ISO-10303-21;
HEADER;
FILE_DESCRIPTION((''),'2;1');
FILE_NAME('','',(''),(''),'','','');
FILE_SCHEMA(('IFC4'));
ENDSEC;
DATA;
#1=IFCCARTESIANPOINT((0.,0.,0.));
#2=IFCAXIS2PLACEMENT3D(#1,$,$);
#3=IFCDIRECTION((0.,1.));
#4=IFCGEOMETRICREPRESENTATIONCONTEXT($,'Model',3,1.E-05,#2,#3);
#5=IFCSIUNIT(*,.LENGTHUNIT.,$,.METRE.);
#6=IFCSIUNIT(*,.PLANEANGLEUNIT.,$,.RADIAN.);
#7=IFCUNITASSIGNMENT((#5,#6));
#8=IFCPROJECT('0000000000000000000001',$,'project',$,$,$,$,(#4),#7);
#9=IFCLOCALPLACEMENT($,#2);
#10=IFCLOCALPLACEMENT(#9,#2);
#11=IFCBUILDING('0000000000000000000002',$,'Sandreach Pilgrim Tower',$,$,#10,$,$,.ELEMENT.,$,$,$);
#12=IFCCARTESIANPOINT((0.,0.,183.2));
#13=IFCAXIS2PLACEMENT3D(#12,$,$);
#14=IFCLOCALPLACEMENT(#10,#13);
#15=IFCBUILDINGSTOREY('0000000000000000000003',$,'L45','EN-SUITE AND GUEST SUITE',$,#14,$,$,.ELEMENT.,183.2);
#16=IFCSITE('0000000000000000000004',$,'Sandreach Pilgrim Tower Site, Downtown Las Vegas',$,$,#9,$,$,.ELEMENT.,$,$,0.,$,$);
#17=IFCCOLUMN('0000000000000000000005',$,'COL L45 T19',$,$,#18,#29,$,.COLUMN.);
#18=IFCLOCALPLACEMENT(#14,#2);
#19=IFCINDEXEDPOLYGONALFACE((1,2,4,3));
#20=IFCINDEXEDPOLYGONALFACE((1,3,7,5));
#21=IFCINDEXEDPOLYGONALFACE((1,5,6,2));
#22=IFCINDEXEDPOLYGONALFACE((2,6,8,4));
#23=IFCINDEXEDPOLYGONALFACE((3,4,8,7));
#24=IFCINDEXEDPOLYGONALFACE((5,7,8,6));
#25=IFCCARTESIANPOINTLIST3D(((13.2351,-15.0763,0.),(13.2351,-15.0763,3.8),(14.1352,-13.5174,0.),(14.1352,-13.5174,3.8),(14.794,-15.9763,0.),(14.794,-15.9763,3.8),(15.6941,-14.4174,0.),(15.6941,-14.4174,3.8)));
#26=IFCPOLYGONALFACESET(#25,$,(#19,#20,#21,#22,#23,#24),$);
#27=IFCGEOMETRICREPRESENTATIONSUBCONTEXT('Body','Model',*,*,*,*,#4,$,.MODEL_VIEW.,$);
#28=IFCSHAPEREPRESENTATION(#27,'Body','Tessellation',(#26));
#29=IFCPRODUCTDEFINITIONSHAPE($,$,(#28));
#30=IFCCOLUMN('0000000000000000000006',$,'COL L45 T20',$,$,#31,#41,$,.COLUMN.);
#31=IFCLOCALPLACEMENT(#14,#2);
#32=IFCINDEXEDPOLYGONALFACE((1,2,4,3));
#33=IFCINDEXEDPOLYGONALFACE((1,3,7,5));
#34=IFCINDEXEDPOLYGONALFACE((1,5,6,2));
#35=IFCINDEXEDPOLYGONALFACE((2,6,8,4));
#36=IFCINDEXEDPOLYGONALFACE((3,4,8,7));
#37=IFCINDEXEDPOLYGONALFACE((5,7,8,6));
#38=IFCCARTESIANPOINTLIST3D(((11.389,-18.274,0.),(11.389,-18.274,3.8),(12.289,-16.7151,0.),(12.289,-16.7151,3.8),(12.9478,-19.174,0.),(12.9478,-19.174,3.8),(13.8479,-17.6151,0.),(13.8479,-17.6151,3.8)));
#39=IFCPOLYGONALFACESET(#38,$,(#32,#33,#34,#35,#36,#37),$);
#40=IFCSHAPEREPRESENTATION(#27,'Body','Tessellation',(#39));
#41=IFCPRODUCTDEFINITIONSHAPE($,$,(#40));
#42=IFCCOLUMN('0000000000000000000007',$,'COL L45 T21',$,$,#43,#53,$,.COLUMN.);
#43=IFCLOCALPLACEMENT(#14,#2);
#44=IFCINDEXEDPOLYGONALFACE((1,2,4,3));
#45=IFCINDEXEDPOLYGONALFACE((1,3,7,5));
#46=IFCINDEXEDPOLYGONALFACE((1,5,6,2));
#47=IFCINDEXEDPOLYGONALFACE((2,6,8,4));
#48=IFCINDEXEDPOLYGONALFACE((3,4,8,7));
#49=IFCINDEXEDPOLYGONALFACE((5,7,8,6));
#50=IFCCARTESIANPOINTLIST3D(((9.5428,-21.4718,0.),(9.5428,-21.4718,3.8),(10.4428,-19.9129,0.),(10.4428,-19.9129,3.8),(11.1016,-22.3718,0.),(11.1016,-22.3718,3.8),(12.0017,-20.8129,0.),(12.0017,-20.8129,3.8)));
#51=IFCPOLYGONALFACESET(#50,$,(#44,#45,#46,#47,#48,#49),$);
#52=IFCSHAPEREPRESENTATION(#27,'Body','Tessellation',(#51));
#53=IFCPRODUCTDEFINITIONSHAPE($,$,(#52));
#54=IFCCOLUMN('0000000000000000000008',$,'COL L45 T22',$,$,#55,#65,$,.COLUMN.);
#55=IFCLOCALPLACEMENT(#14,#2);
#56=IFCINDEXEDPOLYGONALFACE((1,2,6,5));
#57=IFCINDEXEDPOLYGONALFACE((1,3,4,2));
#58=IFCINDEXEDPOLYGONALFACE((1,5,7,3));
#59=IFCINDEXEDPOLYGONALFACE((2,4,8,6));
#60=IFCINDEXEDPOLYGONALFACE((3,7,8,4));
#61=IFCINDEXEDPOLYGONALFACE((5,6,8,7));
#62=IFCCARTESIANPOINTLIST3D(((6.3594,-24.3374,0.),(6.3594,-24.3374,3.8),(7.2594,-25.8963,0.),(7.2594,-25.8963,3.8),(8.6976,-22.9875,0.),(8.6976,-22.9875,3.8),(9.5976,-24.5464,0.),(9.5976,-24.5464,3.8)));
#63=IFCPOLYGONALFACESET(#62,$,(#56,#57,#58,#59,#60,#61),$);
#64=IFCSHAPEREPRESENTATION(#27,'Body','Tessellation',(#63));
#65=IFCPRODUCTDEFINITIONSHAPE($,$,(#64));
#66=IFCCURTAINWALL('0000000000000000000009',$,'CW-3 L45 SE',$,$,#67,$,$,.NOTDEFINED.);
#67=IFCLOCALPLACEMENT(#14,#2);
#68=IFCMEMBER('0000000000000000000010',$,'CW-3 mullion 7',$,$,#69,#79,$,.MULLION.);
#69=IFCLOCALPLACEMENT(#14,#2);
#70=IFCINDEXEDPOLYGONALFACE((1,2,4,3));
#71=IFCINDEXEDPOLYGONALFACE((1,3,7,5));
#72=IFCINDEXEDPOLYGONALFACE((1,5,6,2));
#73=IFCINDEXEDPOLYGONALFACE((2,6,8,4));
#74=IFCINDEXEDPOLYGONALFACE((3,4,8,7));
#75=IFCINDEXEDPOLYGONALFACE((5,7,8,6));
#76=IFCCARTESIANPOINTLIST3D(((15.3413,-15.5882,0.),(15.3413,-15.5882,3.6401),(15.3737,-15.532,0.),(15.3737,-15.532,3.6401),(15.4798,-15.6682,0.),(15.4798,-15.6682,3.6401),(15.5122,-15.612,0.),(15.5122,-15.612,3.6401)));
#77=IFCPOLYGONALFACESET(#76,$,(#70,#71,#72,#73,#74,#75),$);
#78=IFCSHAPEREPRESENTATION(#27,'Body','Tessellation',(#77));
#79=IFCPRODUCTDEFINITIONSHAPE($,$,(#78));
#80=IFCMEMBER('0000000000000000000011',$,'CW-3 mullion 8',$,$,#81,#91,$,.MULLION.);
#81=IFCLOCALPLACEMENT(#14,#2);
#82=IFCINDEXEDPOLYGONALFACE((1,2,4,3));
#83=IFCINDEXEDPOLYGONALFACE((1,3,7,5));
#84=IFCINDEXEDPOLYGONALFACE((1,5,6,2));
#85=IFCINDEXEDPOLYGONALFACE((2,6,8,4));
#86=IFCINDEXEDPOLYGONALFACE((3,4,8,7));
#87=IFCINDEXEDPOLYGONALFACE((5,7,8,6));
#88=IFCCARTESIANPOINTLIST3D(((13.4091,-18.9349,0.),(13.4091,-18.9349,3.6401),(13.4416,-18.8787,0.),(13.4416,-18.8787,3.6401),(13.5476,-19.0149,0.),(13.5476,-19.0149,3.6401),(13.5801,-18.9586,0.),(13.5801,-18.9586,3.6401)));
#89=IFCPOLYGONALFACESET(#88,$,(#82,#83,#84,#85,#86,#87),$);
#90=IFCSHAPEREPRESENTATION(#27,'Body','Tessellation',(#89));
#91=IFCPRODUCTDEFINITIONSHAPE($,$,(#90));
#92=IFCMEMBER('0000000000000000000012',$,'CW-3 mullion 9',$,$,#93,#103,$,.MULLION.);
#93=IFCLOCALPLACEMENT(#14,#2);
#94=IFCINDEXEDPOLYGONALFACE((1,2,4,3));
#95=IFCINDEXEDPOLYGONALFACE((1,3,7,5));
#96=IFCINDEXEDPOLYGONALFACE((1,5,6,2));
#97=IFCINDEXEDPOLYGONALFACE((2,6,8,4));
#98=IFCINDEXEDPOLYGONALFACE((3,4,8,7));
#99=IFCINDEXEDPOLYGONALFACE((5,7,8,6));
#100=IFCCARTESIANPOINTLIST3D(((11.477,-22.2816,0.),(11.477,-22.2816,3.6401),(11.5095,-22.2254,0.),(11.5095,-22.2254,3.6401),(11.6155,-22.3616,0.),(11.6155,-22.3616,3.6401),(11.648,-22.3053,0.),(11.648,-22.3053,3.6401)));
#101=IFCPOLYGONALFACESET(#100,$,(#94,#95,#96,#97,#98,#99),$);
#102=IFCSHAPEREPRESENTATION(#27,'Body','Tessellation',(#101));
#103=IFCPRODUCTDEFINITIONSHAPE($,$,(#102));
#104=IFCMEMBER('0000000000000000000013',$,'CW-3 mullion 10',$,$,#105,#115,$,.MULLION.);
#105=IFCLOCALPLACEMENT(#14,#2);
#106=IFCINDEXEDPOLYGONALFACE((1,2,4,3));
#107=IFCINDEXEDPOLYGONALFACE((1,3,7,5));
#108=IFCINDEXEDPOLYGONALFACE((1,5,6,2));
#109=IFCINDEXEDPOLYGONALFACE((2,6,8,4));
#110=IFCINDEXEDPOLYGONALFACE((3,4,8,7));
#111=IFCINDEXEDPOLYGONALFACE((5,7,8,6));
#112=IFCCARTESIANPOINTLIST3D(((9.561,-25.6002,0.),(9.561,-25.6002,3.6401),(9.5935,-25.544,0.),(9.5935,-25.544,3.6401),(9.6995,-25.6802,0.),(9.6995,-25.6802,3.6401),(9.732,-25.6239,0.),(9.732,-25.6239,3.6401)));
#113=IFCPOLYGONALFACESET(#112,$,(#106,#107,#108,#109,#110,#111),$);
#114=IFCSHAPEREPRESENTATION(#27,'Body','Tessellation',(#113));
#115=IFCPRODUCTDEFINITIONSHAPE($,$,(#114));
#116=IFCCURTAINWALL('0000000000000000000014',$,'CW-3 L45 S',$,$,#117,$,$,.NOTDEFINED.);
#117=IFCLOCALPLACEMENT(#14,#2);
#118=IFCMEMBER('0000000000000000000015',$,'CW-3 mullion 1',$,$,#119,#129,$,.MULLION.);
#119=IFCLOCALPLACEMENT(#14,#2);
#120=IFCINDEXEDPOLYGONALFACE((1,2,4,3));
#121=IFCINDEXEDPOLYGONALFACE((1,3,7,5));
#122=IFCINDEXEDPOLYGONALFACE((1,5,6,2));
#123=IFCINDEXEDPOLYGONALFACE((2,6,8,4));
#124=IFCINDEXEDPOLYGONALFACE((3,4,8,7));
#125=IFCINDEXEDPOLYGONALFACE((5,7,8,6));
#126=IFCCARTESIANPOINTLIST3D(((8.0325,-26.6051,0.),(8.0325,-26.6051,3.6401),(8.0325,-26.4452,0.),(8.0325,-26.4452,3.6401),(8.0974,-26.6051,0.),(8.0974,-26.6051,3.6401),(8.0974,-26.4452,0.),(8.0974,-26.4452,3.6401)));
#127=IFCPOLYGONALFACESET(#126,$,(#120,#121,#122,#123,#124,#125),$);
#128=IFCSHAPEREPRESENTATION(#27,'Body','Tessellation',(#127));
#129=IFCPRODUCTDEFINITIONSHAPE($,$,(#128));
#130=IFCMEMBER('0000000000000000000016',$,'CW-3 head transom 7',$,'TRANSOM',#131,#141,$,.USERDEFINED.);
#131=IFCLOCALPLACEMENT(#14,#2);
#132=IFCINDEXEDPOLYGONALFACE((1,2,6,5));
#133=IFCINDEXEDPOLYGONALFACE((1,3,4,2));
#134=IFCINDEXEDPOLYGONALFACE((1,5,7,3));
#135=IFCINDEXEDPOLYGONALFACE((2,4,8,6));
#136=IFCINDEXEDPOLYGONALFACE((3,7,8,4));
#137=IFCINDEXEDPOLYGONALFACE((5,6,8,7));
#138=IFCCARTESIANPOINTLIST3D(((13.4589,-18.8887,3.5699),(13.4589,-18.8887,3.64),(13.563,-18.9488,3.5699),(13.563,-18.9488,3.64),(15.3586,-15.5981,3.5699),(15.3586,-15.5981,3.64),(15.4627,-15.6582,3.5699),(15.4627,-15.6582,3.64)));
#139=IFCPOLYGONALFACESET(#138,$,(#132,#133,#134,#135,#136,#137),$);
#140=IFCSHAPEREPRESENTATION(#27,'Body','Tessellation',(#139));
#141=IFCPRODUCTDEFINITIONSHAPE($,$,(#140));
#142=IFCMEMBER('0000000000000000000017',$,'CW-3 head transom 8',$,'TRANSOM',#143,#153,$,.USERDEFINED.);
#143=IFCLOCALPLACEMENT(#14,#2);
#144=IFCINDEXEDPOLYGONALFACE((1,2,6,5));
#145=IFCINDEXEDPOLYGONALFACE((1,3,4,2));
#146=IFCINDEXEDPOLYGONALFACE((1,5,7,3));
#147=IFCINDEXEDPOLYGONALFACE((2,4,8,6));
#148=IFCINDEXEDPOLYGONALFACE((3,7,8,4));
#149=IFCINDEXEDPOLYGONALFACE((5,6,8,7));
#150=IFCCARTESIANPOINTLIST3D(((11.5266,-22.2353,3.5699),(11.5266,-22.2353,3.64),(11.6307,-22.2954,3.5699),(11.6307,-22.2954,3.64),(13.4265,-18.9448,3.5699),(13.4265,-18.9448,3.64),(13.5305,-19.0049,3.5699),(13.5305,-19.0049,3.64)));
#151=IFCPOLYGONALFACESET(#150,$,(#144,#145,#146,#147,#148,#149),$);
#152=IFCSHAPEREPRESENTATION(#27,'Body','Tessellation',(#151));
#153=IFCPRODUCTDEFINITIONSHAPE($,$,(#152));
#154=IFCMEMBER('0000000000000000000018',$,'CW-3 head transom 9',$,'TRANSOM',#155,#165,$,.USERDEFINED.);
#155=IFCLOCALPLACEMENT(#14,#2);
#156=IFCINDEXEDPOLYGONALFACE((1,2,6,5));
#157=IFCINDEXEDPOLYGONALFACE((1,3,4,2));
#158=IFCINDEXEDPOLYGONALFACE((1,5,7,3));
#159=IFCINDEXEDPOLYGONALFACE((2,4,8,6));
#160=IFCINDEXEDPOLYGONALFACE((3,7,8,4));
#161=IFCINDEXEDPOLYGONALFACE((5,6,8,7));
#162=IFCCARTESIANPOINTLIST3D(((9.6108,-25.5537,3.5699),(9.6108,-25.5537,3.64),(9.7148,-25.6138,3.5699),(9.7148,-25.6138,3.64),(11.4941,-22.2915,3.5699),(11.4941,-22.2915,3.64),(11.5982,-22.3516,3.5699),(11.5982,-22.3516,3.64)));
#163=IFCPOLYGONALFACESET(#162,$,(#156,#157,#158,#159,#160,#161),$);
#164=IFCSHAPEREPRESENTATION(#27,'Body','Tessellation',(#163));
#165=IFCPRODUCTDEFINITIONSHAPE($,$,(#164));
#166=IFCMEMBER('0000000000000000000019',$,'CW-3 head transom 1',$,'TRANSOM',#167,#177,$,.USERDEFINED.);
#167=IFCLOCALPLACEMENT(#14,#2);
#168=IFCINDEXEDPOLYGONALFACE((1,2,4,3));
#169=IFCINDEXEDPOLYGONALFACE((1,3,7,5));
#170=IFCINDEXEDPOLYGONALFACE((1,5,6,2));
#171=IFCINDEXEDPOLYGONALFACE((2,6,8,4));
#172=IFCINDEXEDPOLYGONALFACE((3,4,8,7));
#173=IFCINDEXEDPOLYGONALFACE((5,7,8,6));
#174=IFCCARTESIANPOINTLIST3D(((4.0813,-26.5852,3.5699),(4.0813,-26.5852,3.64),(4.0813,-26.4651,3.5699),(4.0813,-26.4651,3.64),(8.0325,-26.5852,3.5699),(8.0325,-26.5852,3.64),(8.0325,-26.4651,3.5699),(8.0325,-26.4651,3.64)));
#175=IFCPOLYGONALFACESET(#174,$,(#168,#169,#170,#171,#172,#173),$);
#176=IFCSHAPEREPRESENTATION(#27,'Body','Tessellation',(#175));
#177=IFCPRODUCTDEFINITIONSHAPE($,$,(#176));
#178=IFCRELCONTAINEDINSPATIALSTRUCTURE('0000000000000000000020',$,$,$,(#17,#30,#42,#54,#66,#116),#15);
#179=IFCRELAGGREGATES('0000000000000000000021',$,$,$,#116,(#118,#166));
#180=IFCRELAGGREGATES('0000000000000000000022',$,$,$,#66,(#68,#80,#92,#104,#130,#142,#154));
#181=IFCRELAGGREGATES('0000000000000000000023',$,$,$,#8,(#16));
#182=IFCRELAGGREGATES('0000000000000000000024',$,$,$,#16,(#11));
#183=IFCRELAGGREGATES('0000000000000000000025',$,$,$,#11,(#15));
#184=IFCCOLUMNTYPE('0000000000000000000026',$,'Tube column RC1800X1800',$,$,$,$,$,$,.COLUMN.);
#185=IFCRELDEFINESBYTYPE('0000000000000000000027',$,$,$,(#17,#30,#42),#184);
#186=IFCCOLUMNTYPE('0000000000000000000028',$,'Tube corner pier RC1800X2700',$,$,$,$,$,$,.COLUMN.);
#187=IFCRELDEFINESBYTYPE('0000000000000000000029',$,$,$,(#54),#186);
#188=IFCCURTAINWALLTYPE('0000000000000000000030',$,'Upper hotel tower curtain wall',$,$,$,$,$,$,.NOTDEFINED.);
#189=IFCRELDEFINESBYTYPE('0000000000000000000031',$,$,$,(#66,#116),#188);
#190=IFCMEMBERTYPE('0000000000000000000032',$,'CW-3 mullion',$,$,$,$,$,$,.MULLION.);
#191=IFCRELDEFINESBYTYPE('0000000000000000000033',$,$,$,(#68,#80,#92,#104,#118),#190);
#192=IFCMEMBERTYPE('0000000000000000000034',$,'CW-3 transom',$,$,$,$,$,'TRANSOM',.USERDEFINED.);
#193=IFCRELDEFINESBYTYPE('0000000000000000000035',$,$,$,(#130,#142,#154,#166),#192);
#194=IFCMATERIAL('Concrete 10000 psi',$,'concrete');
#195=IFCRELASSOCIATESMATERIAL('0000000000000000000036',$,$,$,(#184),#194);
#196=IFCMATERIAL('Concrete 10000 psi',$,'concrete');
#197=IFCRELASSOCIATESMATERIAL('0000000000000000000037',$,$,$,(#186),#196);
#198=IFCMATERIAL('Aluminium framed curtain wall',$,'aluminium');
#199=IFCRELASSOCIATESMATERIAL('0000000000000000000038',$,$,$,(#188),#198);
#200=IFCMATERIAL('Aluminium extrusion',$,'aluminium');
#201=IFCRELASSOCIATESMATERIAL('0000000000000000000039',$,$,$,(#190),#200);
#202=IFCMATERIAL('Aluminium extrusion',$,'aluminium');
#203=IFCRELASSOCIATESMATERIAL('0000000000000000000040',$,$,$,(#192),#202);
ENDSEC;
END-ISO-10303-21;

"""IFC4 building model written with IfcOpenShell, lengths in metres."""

from ifc_helpers import new_model, si_unit, direction, frame, origin, origin_2d, place, context, subcontext, project, spatial, rectangle, extrude, material, material_profile, profile_set, type_object, element, aggregate, save


model = new_model("IFC4")

# Units and contexts
model_context = context("Model", 3, precision=1e-05, world=origin(), true_north=direction((0.0, 1.0)))
body_context = subcontext(model_context, "Body", "Model", "MODEL_VIEW")
ifc_project = project(units=[si_unit("LENGTHUNIT", "METRE"), si_unit("PLANEANGLEUNIT", "RADIAN")], contexts=[model_context])

# Site, building, storey
site_placement = place(None, origin())
site = spatial("IfcSite", under=ifc_project, at=site_placement, Name="Sandreach Pilgrim Tower Site, Downtown Las Vegas", CompositionType="ELEMENT", RefElevation=0.0)
building_placement = place(site_placement, origin())
building = spatial("IfcBuilding", under=site, at=building_placement, Name="Sandreach Pilgrim Tower", CompositionType="ELEMENT")
storey_placement = place(building_placement, frame((0.0, 0.0, 183.2)))
storey = spatial("IfcBuildingStorey", under=building, at=storey_placement, Name="L45", Description="EN-SUITE AND GUEST SUITE", CompositionType="ELEMENT", Elevation=183.2)

# Columns
ifc_material_1 = material(Name="Concrete 10000 psi", Category="concrete")
ifc_material_profile_1 = material_profile(ifc_material_1, rectangle(XDim=1.8, YDim=1.8, at=origin_2d()), Name="RC1800X1800")
ifc_profile_set_1 = profile_set([ifc_material_profile_1], Name="Concrete 10000 psi")
column_type_1 = type_object("IfcColumnType", Name="Tube column RC1800X1800", PredefinedType="COLUMN", material=ifc_profile_set_1)
for number, where, z_axis, x_axis, name in (
    (1, (14.4646, -14.7468, 0.0), (0.0, 0.0, 1.0), (0.866025, -0.5, 0.0), "COL L45 T19"),
    (2, (12.6184, -17.9446, 0.0), (0.0, 0.0, 1.0), (0.866025, -0.5, 0.0), "COL L45 T20"),
    (3, (10.7722, -21.1423, 0.0), (0.0, 0.0, 1.0), (0.866025, -0.5, 0.0), "COL L45 T21"),
):
    element("IfcColumn", number, at=place(storey_placement, frame(where, z_axis=z_axis, x_axis=x_axis)), inside=storey, type_object=column_type_1, Name=name, PredefinedType="COLUMN", context=body_context, shape_type="SweptSolid", body=[
        extrude(rectangle(XDim=1.8, YDim=1.8, at=origin_2d()), origin(), (0.0, 0.0, 1.0), 3.8),
    ])
ifc_material_2 = material(Name="Concrete 10000 psi", Category="concrete")
ifc_material_profile_2 = material_profile(ifc_material_2, rectangle(XDim=1.8, YDim=2.7, at=origin_2d()), Name="RC1800X2700")
ifc_profile_set_2 = profile_set([ifc_material_profile_2], Name="Concrete 10000 psi")
column_type_2 = type_object("IfcColumnType", Name="Tube corner pier RC1800X2700", PredefinedType="COLUMN", material=ifc_profile_set_2)
column_placement = place(storey_placement, frame((7.9785, -24.4419, 0.0), z_axis=(0.0, 0.0, 1.0), x_axis=(0.5, -0.866025, 0.0)))
element("IfcColumn", 4, at=column_placement, inside=storey, type_object=column_type_2, Name="COL L45 T22", PredefinedType="COLUMN", context=body_context, shape_type="SweptSolid", body=[
    extrude(rectangle(XDim=1.8, YDim=2.7, at=origin_2d()), origin(), (0.0, 0.0, 1.0), 3.8),
])

# Curtain wall, members
ifc_material_3 = material(Name="Aluminium framed curtain wall", Category="aluminium")
curtain_wall_type = type_object("IfcCurtainWallType", Name="Upper hotel tower curtain wall", PredefinedType="NOTDEFINED", material=ifc_material_3)
curtain_wall_1_placement = place(storey_placement, origin())
curtain_wall_1 = element("IfcCurtainWall", 5, at=curtain_wall_1_placement, inside=storey, type_object=curtain_wall_type, Name="CW-3 L45 SE", PredefinedType="NOTDEFINED")
ifc_material_4 = material(Name="Aluminium extrusion", Category="aluminium")
ifc_material_profile_3 = material_profile(ifc_material_4, rectangle(XDim=0.0649, YDim=0.1599, at=origin_2d()), Name="CW-3M 65X160")
ifc_profile_set_3 = profile_set([ifc_material_profile_3], Name="Aluminium extrusion")
member_type_1 = type_object("IfcMemberType", Name="CW-3 mullion", PredefinedType="MULLION", material=ifc_profile_set_3)
member_1_placement = place(storey_placement, frame((15.4268, -15.6001, 0.0), z_axis=(0.0, 0.0, 1.0), x_axis=(-0.5, -0.866025, 0.0)))
member_1 = element("IfcMember", 6, at=member_1_placement, type_object=member_type_1, Name="CW-3 mullion 7", PredefinedType="MULLION", context=body_context, shape_type="SweptSolid", body=[
    extrude(rectangle(XDim=0.0649, YDim=0.1599, at=origin_2d()), origin(), (0.0, 0.0, 1.0), 3.6401),
])
member_2_placement = place(storey_placement, frame((13.4946, -18.9468, 0.0), z_axis=(0.0, 0.0, 1.0), x_axis=(-0.5, -0.866025, 0.0)))
member_2 = element("IfcMember", 7, at=member_2_placement, type_object=member_type_1, Name="CW-3 mullion 8", PredefinedType="MULLION", context=body_context, shape_type="SweptSolid", body=[
    extrude(rectangle(XDim=0.0649, YDim=0.1599, at=origin_2d()), origin(), (0.0, 0.0, 1.0), 3.6401),
])
member_3_placement = place(storey_placement, frame((11.5625, -22.2935, 0.0), z_axis=(0.0, 0.0, 1.0), x_axis=(-0.5, -0.866025, 0.0)))
member_3 = element("IfcMember", 8, at=member_3_placement, type_object=member_type_1, Name="CW-3 mullion 9", PredefinedType="MULLION", context=body_context, shape_type="SweptSolid", body=[
    extrude(rectangle(XDim=0.0649, YDim=0.1599, at=origin_2d()), origin(), (0.0, 0.0, 1.0), 3.6401),
])
member_4_placement = place(storey_placement, frame((9.6465, -25.6121, 0.0), z_axis=(0.0, 0.0, 1.0), x_axis=(-0.5, -0.866025, 0.0)))
member_4 = element("IfcMember", 9, at=member_4_placement, type_object=member_type_1, Name="CW-3 mullion 10", PredefinedType="MULLION", context=body_context, shape_type="SweptSolid", body=[
    extrude(rectangle(XDim=0.0649, YDim=0.1599, at=origin_2d()), origin(), (0.0, 0.0, 1.0), 3.6401),
])

# Curtain wall, member
curtain_wall_2_placement = place(storey_placement, origin())
curtain_wall_2 = element("IfcCurtainWall", 10, at=curtain_wall_2_placement, inside=storey, type_object=curtain_wall_type, Name="CW-3 L45 S", PredefinedType="NOTDEFINED")
member_5_placement = place(storey_placement, frame((8.0649, -26.5251, 0.0), z_axis=(0.0, 0.0, 1.0), x_axis=(-1.0, 0.0, 0.0)))
member_5 = element("IfcMember", 11, at=member_5_placement, type_object=member_type_1, Name="CW-3 mullion 1", PredefinedType="MULLION", context=body_context, shape_type="SweptSolid", body=[
    extrude(rectangle(XDim=0.0649, YDim=0.1599, at=origin_2d()), origin(), (0.0, 0.0, 1.0), 3.6401),
])

# Members
ifc_material_5 = material(Name="Aluminium extrusion", Category="aluminium")
ifc_material_profile_4 = material_profile(ifc_material_5, rectangle(XDim=0.1201, YDim=0.0701, at=origin_2d()), Name="CW-3T 120X70")
ifc_profile_set_4 = profile_set([ifc_material_profile_4], Name="Aluminium extrusion")
member_type_2 = type_object("IfcMemberType", Name="CW-3 transom", ElementType="TRANSOM", PredefinedType="USERDEFINED", material=ifc_profile_set_4)
member_6_placement = place(storey_placement, frame((15.4106, -15.6282, 3.605), z_axis=(-0.499975, -0.86604, 0.0), x_axis=(0.86604, -0.499975, 0.0)))
member_6 = element("IfcMember", 12, at=member_6_placement, type_object=member_type_2, Name="CW-3 head transom 7", ObjectType="TRANSOM", PredefinedType="USERDEFINED", context=body_context, shape_type="SweptSolid", body=[
    extrude(rectangle(XDim=0.1201, YDim=0.0701, at=origin_2d()), origin(), (0.0, 0.0, 1.0), 3.7996),
])
member_7_placement = place(storey_placement, frame((13.4785, -18.9749, 3.605), z_axis=(-0.500023, -0.866012, 0.0), x_axis=(0.866012, -0.500023, 0.0)))
member_7 = element("IfcMember", 13, at=member_7_placement, type_object=member_type_2, Name="CW-3 head transom 8", ObjectType="TRANSOM", PredefinedType="USERDEFINED", context=body_context, shape_type="SweptSolid", body=[
    extrude(rectangle(XDim=0.1201, YDim=0.0701, at=origin_2d()), origin(), (0.0, 0.0, 1.0), 3.7996),
])
member_8_placement = place(storey_placement, frame((11.5461, -22.3215, 3.605), z_axis=(-0.499973, -0.866041, 0.0), x_axis=(0.866041, -0.499973, 0.0)))
member_8 = element("IfcMember", 14, at=member_8_placement, type_object=member_type_2, Name="CW-3 head transom 9", ObjectType="TRANSOM", PredefinedType="USERDEFINED", context=body_context, shape_type="SweptSolid", body=[
    extrude(rectangle(XDim=0.1201, YDim=0.0701, at=origin_2d()), origin(), (0.0, 0.0, 1.0), 3.7668),
])
member_9_placement = place(storey_placement, frame((8.0325, -26.5251, 3.605), z_axis=(-1.0, 0.0, 0.0), x_axis=(0.0, -1.0, 0.0)))
member_9 = element("IfcMember", 15, at=member_9_placement, type_object=member_type_2, Name="CW-3 head transom 1", ObjectType="TRANSOM", PredefinedType="USERDEFINED", context=body_context, shape_type="SweptSolid", body=[
    extrude(rectangle(XDim=0.1201, YDim=0.0701, at=origin_2d()), origin(), (0.0, 0.0, 1.0), 3.9512),
])
aggregate(curtain_wall_2, [member_5, member_9])

aggregate(curtain_wall_1, [member_1, member_2, member_3, member_4, member_6, member_7, member_8])

save(model, "model.ifc")
